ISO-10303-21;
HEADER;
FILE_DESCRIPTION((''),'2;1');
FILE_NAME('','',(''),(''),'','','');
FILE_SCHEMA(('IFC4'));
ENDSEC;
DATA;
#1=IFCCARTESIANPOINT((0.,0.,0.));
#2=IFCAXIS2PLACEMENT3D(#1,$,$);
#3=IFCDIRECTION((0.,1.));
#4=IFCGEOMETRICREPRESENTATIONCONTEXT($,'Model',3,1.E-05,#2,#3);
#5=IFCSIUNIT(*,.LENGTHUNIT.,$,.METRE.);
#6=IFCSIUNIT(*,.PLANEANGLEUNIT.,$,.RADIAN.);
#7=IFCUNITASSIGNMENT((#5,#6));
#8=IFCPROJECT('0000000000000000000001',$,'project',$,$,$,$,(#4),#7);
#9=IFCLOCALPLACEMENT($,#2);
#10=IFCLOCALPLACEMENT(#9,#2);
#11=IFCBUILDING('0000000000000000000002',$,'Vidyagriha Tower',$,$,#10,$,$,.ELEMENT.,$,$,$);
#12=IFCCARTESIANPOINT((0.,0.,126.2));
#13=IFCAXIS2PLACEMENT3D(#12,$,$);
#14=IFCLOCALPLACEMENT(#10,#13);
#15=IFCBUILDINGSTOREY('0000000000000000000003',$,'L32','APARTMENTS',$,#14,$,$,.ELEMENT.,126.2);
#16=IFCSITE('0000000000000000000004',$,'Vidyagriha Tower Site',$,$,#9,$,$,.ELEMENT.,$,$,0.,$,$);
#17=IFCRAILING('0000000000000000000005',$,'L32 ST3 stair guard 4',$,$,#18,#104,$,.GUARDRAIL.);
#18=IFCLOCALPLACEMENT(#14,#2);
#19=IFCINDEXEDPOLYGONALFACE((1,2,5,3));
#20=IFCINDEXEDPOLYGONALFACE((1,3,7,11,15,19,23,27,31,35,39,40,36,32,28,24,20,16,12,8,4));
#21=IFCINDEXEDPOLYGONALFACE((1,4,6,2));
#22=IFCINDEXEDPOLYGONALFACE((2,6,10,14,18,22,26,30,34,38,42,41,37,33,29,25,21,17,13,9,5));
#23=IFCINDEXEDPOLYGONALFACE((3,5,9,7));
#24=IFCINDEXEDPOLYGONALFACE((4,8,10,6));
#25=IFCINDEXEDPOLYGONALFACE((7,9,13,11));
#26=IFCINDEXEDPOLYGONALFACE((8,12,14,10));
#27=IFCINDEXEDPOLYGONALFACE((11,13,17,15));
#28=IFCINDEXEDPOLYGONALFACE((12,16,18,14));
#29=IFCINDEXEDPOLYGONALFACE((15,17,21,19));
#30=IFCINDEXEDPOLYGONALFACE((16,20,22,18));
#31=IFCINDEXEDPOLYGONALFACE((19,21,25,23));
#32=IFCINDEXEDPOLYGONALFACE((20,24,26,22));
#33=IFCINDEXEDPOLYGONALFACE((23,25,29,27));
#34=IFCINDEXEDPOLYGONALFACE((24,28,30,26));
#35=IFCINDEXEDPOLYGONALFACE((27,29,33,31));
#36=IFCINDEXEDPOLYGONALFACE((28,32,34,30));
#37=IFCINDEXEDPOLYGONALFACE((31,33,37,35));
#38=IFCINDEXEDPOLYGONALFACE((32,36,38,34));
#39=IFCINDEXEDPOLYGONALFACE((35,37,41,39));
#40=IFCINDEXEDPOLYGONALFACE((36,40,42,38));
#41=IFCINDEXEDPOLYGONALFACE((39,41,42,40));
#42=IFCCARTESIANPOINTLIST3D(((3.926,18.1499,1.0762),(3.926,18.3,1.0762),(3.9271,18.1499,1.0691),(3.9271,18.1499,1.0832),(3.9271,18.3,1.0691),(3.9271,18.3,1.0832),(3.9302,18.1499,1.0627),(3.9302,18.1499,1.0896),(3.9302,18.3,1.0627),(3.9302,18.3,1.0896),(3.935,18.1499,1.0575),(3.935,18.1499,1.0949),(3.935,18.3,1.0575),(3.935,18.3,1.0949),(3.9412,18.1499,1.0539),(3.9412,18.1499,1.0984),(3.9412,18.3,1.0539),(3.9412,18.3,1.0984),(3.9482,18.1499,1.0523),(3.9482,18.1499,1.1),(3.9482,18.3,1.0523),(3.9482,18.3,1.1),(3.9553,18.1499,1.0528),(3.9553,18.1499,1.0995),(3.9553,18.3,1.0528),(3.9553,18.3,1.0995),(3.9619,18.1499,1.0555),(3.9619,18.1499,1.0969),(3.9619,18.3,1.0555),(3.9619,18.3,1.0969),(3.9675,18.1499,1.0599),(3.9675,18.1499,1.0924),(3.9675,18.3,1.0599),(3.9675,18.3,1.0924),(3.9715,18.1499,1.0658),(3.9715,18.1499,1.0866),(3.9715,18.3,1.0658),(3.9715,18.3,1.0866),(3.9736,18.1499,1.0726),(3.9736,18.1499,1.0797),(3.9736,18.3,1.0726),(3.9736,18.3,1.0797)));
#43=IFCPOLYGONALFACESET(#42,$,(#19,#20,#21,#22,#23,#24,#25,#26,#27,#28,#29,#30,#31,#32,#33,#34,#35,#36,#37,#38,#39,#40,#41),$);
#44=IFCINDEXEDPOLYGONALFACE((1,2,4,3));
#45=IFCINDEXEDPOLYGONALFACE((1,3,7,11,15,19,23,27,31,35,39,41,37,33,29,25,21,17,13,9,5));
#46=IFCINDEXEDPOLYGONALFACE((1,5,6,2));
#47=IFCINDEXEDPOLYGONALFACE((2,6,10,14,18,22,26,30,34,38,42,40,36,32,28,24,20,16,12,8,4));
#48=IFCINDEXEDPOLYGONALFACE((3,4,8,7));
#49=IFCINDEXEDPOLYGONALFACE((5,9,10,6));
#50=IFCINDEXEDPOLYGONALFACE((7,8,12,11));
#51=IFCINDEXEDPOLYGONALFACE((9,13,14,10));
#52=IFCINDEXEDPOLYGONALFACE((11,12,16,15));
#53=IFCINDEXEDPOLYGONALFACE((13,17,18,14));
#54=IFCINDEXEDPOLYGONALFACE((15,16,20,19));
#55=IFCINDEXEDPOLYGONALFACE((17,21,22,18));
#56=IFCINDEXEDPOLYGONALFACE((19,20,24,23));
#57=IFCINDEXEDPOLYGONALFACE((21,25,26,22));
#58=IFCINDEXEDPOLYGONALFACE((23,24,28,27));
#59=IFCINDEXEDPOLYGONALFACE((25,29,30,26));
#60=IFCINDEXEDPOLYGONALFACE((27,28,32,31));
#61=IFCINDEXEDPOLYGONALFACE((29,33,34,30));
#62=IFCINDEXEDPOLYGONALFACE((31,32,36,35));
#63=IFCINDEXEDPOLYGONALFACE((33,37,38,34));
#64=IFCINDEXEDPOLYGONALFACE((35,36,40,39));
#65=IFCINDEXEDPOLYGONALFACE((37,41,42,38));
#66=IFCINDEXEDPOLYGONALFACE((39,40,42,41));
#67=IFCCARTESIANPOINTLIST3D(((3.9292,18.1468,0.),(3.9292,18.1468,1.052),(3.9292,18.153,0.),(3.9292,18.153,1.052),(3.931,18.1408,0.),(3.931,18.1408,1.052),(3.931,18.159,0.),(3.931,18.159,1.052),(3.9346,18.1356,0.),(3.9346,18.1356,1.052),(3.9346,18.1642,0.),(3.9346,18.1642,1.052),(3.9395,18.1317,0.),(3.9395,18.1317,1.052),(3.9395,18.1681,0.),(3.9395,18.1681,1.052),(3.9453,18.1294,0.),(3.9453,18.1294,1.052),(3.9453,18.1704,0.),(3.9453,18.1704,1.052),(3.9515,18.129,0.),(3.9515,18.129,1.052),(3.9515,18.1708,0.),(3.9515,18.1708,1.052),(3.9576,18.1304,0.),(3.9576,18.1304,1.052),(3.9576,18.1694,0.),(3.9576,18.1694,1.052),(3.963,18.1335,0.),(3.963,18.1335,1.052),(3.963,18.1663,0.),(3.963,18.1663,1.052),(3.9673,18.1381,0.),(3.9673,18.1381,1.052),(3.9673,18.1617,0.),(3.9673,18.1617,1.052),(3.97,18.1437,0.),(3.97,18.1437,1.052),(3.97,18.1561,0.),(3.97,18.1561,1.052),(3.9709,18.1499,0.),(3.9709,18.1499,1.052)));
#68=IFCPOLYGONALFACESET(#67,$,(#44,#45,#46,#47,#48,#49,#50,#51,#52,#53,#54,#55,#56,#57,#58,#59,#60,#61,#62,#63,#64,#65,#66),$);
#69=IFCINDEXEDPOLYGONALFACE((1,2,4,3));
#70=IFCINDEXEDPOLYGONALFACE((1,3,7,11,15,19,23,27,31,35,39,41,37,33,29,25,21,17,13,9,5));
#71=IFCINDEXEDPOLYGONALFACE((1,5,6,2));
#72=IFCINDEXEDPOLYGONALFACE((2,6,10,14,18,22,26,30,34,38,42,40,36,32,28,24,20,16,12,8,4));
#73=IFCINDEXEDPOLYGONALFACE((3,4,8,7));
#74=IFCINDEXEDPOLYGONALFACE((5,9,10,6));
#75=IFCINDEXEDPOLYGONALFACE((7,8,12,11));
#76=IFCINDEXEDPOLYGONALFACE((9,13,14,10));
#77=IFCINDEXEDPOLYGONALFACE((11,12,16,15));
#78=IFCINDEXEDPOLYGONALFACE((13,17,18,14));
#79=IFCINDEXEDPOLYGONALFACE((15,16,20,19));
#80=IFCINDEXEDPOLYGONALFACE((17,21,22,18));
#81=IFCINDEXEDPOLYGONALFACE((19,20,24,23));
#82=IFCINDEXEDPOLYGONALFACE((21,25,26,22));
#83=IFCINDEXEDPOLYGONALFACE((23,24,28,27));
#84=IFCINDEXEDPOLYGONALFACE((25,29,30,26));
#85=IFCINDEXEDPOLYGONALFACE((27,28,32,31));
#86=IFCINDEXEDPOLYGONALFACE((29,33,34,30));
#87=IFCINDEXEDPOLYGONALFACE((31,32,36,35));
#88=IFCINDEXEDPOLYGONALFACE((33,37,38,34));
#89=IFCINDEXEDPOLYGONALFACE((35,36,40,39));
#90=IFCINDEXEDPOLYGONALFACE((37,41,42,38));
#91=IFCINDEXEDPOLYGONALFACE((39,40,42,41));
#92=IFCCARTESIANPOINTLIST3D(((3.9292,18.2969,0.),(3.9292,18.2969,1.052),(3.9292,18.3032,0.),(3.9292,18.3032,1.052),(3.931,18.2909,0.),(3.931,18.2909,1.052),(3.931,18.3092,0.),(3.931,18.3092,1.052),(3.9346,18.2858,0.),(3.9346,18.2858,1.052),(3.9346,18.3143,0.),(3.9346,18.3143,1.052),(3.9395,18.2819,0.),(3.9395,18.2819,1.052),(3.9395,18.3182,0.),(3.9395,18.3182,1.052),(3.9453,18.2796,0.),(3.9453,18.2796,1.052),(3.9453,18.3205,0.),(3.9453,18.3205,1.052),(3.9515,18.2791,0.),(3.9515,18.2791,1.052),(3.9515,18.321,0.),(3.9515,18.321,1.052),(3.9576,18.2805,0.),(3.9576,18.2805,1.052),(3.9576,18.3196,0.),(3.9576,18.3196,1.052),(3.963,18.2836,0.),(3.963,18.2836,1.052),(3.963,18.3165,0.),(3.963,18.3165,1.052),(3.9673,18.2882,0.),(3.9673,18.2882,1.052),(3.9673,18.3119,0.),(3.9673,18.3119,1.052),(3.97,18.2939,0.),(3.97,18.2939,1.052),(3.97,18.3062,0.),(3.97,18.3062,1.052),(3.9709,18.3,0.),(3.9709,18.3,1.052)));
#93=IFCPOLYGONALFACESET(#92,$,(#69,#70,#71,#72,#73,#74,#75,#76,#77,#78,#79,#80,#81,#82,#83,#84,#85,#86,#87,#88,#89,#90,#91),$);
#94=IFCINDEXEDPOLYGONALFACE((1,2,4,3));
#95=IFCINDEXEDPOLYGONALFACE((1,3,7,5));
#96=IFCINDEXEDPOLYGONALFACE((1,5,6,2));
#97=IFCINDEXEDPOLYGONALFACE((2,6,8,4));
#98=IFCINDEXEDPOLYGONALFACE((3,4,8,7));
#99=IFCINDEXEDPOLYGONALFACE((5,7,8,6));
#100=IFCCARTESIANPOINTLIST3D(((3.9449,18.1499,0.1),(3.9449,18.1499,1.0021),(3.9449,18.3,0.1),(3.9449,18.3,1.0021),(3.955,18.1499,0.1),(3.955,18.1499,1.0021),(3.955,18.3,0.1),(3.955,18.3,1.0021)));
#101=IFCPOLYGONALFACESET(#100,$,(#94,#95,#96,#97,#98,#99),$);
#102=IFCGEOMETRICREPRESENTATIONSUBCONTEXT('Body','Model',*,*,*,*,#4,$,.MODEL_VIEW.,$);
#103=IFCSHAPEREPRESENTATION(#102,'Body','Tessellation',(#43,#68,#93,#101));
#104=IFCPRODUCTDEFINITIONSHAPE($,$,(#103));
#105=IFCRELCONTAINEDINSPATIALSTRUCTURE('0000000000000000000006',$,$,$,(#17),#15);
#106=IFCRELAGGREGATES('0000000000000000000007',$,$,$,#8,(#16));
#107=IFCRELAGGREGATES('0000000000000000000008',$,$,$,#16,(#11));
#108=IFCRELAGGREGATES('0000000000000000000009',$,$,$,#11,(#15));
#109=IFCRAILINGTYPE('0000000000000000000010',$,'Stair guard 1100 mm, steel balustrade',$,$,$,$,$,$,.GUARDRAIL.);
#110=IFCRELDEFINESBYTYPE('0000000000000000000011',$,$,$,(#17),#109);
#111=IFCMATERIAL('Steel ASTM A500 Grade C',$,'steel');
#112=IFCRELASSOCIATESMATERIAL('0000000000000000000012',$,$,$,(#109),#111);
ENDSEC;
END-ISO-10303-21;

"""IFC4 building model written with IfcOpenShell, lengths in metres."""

from ifc_helpers import new_model, si_unit, direction, frame, origin, origin_2d, place, context, subcontext, project, spatial, rectangle, circle, extrude, material, type_object, element, save


model = new_model("IFC4")

# Units and contexts
model_context = context("Model", 3, precision=1e-05, world=origin(), true_north=direction((0.0, 1.0)))
body_context = subcontext(model_context, "Body", "Model", "MODEL_VIEW")
ifc_project = project(units=[si_unit("LENGTHUNIT", "METRE"), si_unit("PLANEANGLEUNIT", "RADIAN")], contexts=[model_context])

# Site, building, storey
site_placement = place(None, origin())
site = spatial("IfcSite", under=ifc_project, at=site_placement, Name="Vidyagriha Tower Site", CompositionType="ELEMENT", RefElevation=0.0)
building_placement = place(site_placement, origin())
building = spatial("IfcBuilding", under=site, at=building_placement, Name="Vidyagriha Tower", CompositionType="ELEMENT")
storey_placement = place(building_placement, frame((0.0, 0.0, 126.2)))
storey = spatial("IfcBuildingStorey", under=building, at=storey_placement, Name="L32", Description="APARTMENTS", CompositionType="ELEMENT", Elevation=126.2)

# Railing
ifc_material_1 = material(Name="Steel ASTM A500 Grade C", Category="steel")
railing_type_1 = type_object("IfcRailingType", Name="Stair guard 1100 mm, steel balustrade", PredefinedType="GUARDRAIL", material=ifc_material_1)
railing_1_placement = place(storey_placement, frame((3.95, 18.1499, 0.0)))
element("IfcRailing", 1, at=railing_1_placement, inside=storey, type_object=railing_type_1, Name="L32 ST3 stair guard 4", PredefinedType="GUARDRAIL", context=body_context, shape_type="SweptSolid", body=[
    extrude(circle(Radius=0.0239, at=origin_2d()), frame((0.0, 0.0, 1.0762), z_axis=(0.0, 1.0, 0.0), x_axis=(-1.0, 0.0, 0.0)), (0.0, 0.0, 1.0), 0.1501),
    extrude(circle(Radius=0.021, at=origin_2d()), origin(), (0.0, 0.0, 1.0), 1.052),
    extrude(circle(Radius=0.021, at=origin_2d()), frame((0.0, 0.1501, 0.0)), (0.0, 0.0, 1.0), 1.052),
    extrude(rectangle(XDim=0.01, YDim=0.9021, at=origin_2d()), frame((0.0, 0.0, 0.551), z_axis=(0.0, 1.0, 0.0), x_axis=(-1.0, 0.0, 0.0)), (0.0, 0.0, 1.0), 0.1501),
])

save(model, "model.ifc")
